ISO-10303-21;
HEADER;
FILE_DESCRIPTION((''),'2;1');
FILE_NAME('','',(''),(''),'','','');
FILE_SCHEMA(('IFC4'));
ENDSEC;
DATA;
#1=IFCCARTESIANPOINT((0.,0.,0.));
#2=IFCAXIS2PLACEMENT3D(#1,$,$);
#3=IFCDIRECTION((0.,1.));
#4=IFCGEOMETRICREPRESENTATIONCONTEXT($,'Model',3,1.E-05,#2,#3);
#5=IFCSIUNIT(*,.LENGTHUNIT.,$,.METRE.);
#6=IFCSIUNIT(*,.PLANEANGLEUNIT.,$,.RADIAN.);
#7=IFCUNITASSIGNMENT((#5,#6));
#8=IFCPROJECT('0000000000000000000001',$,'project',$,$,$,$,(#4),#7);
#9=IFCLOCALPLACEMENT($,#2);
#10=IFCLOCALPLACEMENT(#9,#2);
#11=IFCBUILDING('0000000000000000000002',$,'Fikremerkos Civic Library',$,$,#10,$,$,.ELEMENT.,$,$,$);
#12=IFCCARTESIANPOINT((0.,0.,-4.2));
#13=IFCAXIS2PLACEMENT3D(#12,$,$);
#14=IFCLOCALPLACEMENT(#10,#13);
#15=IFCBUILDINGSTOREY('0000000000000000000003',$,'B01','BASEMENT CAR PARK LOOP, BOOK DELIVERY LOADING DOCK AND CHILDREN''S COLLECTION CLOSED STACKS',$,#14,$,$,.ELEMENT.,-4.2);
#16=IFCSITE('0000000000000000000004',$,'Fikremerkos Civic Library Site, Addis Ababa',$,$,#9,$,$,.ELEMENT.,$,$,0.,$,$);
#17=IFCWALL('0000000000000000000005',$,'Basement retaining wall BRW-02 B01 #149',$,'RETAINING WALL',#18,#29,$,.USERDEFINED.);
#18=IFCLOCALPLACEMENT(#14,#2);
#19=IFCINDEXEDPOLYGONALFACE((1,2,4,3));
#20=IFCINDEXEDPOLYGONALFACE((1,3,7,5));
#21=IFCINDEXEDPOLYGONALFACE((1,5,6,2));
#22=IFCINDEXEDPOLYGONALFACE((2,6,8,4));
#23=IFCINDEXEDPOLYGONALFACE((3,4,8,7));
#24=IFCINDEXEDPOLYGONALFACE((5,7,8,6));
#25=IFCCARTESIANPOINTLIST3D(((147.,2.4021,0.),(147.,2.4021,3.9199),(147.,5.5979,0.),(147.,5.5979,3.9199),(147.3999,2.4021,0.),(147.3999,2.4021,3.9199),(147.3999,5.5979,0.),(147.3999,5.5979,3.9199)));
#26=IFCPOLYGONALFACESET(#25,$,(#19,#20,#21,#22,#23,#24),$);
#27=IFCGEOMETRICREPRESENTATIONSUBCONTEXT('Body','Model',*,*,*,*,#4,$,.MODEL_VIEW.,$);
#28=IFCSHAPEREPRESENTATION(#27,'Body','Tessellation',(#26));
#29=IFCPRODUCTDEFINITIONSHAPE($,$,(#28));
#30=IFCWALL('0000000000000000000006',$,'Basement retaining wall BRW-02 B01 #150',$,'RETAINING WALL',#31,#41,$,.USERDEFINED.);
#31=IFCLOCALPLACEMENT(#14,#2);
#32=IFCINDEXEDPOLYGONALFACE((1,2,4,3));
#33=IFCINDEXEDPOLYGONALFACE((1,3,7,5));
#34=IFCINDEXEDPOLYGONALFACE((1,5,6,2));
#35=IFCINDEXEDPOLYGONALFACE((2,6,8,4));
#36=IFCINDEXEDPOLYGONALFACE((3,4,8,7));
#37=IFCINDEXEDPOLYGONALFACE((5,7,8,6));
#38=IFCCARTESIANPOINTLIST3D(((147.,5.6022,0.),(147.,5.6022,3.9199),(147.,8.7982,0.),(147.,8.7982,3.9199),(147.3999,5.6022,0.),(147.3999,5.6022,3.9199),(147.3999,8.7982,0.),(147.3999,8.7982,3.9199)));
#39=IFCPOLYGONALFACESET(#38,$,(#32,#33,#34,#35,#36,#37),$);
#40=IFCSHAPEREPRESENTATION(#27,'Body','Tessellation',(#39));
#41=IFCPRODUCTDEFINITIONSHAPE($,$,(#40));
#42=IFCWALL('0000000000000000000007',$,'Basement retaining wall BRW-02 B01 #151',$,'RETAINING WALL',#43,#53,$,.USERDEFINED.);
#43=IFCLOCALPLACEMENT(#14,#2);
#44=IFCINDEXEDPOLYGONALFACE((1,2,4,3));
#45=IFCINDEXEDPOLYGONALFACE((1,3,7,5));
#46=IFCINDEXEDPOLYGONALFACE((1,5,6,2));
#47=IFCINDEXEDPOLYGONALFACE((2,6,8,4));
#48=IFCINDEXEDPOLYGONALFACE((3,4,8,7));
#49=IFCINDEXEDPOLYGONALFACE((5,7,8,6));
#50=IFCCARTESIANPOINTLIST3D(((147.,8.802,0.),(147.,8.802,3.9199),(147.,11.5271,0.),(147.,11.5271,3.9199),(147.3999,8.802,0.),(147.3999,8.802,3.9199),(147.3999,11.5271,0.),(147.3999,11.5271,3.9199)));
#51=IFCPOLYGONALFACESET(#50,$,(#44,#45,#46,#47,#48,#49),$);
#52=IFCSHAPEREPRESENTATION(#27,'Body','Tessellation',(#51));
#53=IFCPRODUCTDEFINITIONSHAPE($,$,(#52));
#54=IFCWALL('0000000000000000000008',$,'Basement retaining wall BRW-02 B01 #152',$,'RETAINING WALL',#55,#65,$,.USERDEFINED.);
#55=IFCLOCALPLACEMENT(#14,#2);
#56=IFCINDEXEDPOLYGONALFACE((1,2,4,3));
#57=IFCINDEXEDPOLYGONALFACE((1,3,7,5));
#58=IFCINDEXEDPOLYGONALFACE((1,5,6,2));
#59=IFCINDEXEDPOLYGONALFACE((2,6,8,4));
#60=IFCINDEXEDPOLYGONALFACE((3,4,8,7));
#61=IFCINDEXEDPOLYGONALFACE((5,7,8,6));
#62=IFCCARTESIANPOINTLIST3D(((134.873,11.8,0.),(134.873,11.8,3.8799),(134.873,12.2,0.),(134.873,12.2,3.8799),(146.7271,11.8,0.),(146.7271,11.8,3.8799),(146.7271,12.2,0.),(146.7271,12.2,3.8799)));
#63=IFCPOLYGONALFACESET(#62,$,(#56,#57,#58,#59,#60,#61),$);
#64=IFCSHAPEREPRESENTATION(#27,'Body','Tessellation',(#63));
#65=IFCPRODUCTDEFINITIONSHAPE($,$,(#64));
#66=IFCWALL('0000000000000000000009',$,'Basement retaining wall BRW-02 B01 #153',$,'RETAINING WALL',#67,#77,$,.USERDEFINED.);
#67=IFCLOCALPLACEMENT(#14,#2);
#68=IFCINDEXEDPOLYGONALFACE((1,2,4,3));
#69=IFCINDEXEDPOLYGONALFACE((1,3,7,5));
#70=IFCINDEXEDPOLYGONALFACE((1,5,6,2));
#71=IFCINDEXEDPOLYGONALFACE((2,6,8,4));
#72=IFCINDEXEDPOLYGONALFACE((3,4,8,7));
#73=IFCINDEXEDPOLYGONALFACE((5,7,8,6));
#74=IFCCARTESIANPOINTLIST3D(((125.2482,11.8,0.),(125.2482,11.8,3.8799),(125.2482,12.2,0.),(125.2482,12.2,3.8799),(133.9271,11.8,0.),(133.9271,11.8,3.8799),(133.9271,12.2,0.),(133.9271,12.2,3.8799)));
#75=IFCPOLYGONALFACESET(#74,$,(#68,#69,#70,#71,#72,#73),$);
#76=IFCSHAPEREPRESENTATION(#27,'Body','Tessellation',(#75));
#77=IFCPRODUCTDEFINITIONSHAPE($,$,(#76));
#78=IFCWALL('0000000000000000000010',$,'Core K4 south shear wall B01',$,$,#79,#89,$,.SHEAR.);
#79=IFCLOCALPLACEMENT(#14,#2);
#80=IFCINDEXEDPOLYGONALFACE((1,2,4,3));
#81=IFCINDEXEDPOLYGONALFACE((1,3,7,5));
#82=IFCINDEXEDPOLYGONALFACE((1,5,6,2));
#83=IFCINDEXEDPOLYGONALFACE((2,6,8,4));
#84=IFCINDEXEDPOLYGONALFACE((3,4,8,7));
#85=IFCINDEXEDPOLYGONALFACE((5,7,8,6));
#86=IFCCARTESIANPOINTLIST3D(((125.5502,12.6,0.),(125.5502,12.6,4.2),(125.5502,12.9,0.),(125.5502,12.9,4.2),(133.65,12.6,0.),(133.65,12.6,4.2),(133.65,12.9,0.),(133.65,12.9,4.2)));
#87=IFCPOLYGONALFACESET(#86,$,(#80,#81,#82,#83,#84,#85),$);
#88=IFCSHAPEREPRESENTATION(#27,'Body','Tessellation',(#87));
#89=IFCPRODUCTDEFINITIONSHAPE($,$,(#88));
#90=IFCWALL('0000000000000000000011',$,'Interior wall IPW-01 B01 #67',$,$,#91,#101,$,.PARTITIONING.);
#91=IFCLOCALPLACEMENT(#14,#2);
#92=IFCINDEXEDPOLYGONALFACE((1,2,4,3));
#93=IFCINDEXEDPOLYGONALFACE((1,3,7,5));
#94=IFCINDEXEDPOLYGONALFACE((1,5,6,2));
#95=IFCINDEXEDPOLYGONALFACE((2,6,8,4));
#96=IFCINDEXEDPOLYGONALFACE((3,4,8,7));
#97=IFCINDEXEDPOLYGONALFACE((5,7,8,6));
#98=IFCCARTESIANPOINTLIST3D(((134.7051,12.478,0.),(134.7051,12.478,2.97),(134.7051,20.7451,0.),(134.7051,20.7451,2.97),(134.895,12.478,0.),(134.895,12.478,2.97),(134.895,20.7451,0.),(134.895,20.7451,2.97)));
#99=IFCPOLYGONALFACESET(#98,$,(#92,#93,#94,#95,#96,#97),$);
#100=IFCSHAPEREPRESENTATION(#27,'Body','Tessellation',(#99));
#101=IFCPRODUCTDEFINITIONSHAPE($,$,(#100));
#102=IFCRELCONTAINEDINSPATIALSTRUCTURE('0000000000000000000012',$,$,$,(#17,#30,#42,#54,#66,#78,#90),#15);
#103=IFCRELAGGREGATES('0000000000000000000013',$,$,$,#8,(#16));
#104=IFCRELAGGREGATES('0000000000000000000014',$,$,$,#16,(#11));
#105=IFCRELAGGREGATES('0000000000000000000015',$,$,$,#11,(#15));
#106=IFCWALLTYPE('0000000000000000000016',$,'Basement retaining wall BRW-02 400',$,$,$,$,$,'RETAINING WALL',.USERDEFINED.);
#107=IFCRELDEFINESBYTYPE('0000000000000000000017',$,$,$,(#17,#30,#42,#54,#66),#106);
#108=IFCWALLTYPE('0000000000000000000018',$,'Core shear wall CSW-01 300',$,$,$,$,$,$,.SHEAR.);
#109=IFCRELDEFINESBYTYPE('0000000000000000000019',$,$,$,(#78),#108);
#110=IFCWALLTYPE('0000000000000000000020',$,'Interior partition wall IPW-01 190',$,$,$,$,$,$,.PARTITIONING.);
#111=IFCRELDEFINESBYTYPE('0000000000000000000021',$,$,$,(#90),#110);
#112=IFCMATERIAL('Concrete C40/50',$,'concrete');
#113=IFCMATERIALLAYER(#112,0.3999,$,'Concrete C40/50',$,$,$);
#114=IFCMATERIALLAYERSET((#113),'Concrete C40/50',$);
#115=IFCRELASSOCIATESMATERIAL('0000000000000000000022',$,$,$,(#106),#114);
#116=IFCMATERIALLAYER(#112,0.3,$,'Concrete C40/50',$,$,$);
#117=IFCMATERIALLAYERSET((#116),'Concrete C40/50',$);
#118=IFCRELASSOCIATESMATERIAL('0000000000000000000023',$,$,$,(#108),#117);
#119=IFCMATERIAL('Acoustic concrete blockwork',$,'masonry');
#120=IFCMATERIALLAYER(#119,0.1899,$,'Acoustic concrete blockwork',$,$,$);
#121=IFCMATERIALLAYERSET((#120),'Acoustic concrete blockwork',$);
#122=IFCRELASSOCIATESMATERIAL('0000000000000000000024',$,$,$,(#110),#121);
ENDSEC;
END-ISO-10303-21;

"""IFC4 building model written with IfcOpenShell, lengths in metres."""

from ifc_helpers import new_model, si_unit, direction, frame, frame_2d, origin, place, context, subcontext, project, spatial, rectangle, extrude, material, layer, layer_set, type_object, element, save


model = new_model("IFC4")

# Units and contexts
model_context = context("Model", 3, precision=1e-05, world=origin(), true_north=direction((0.0, 1.0)))
body_context = subcontext(model_context, "Body", "Model", "MODEL_VIEW")
ifc_project = project(units=[si_unit("LENGTHUNIT", "METRE"), si_unit("PLANEANGLEUNIT", "RADIAN")], contexts=[model_context])

# Site, building, storey
site_placement = place(None, origin())
site = spatial("IfcSite", under=ifc_project, at=site_placement, Name="Fikremerkos Civic Library Site, Addis Ababa", CompositionType="ELEMENT", RefElevation=0.0)
building_placement = place(site_placement, origin())
building = spatial("IfcBuilding", under=site, at=building_placement, Name="Fikremerkos Civic Library", CompositionType="ELEMENT")
storey_placement = place(building_placement, frame((0.0, 0.0, -4.2)))
storey = spatial("IfcBuildingStorey", under=building, at=storey_placement, Name="B01", Description="BASEMENT CAR PARK LOOP, BOOK DELIVERY LOADING DOCK AND CHILDREN'S COLLECTION CLOSED STACKS", CompositionType="ELEMENT", Elevation=-4.2)

# Shared definitions
ifc_material_1 = material(Name="Concrete C40/50", Category="concrete")

# Walls
ifc_layer_1 = layer(ifc_material_1, 0.3999, Name="Concrete C40/50")
ifc_layer_set_1 = layer_set([ifc_layer_1], Name="Concrete C40/50")
wall_type_1 = type_object("IfcWallType", Name="Basement retaining wall BRW-02 400", ElementType="RETAINING WALL", PredefinedType="USERDEFINED", material=ifc_layer_set_1)
wall_1_placement = place(storey_placement, frame((147.2, 2.4021, 0.0), z_axis=(0.0, 0.0, 1.0), x_axis=(0.0, 1.0, 0.0)))
element("IfcWall", 1, at=wall_1_placement, inside=storey, type_object=wall_type_1, Name="Basement retaining wall BRW-02 B01 #149", ObjectType="RETAINING WALL", PredefinedType="USERDEFINED", context=body_context, shape_type="SweptSolid", body=[
    extrude(rectangle(XDim=3.1958, YDim=0.3999, at=frame_2d((1.5979, 0.0))), origin(), (0.0, 0.0, 1.0), 3.9199),
])
wall_2_placement = place(storey_placement, frame((147.2, 5.6021, 0.0), z_axis=(0.0, 0.0, 1.0), x_axis=(0.0, 1.0, 0.0)))
element("IfcWall", 2, at=wall_2_placement, inside=storey, type_object=wall_type_1, Name="Basement retaining wall BRW-02 B01 #150", ObjectType="RETAINING WALL", PredefinedType="USERDEFINED", context=body_context, shape_type="SweptSolid", body=[
    extrude(rectangle(XDim=3.196, YDim=0.3999, at=frame_2d((1.5981, 0.0))), origin(), (0.0, 0.0, 1.0), 3.9199),
])
wall_3_placement = place(storey_placement, frame((147.2, 8.802, 0.0), z_axis=(0.0, 0.0, 1.0), x_axis=(0.0, 1.0, 0.0)))
element("IfcWall", 3, at=wall_3_placement, inside=storey, type_object=wall_type_1, Name="Basement retaining wall BRW-02 B01 #151", ObjectType="RETAINING WALL", PredefinedType="USERDEFINED", context=body_context, shape_type="SweptSolid", body=[
    extrude(rectangle(XDim=2.7251, YDim=0.3999, at=frame_2d((1.3625, 0.0))), origin(), (0.0, 0.0, 1.0), 3.9199),
])
wall_4_placement = place(storey_placement, frame((146.7271, 12.0, 0.0), z_axis=(0.0, 0.0, 1.0), x_axis=(-1.0, 0.0, 0.0)))
element("IfcWall", 4, at=wall_4_placement, inside=storey, type_object=wall_type_1, Name="Basement retaining wall BRW-02 B01 #152", ObjectType="RETAINING WALL", PredefinedType="USERDEFINED", context=body_context, shape_type="SweptSolid", body=[
    extrude(rectangle(XDim=11.854, YDim=0.3999, at=frame_2d((5.927, 0.0))), origin(), (0.0, 0.0, 1.0), 3.8799),
])
wall_5_placement = place(storey_placement, frame((133.927, 12.0, 0.0), z_axis=(0.0, 0.0, 1.0), x_axis=(-1.0, 0.0, 0.0)))
element("IfcWall", 5, at=wall_5_placement, inside=storey, type_object=wall_type_1, Name="Basement retaining wall BRW-02 B01 #153", ObjectType="RETAINING WALL", PredefinedType="USERDEFINED", context=body_context, shape_type="SweptSolid", body=[
    extrude(rectangle(XDim=8.679, YDim=0.3999, at=frame_2d((4.3394, 0.0))), origin(), (0.0, 0.0, 1.0), 3.8799),
])
ifc_layer_2 = layer(ifc_material_1, 0.3, Name="Concrete C40/50")
ifc_layer_set_2 = layer_set([ifc_layer_2], Name="Concrete C40/50")
wall_type_2 = type_object("IfcWallType", Name="Core shear wall CSW-01 300", PredefinedType="SHEAR", material=ifc_layer_set_2)
wall_6_placement = place(storey_placement, frame((133.6499, 12.75, 0.0), z_axis=(0.0, 0.0, 1.0), x_axis=(-1.0, 0.0, 0.0)))
element("IfcWall", 6, at=wall_6_placement, inside=storey, type_object=wall_type_2, Name="Core K4 south shear wall B01", PredefinedType="SHEAR", context=body_context, shape_type="SweptSolid", body=[
    extrude(rectangle(XDim=8.0999, YDim=0.3, at=frame_2d((4.0498, 0.0))), origin(), (0.0, 0.0, 1.0), 4.2),
])
ifc_material_2 = material(Name="Acoustic concrete blockwork", Category="masonry")
ifc_layer_3 = layer(ifc_material_2, 0.1899, Name="Acoustic concrete blockwork")
ifc_layer_set_3 = layer_set([ifc_layer_3], Name="Acoustic concrete blockwork")
wall_type_3 = type_object("IfcWallType", Name="Interior partition wall IPW-01 190", PredefinedType="PARTITIONING", material=ifc_layer_set_3)
wall_7_placement = place(storey_placement, frame((134.8, 12.478, 0.0), z_axis=(0.0, 0.0, 1.0), x_axis=(0.0, 1.0, 0.0)))
element("IfcWall", 7, at=wall_7_placement, inside=storey, type_object=wall_type_3, Name="Interior wall IPW-01 B01 #67", PredefinedType="PARTITIONING", context=body_context, shape_type="SweptSolid", body=[
    extrude(rectangle(XDim=8.2671, YDim=0.1899, at=frame_2d((4.1335, 0.0))), origin(), (0.0, 0.0, 1.0), 2.97),
])

save(model, "model.ifc")
